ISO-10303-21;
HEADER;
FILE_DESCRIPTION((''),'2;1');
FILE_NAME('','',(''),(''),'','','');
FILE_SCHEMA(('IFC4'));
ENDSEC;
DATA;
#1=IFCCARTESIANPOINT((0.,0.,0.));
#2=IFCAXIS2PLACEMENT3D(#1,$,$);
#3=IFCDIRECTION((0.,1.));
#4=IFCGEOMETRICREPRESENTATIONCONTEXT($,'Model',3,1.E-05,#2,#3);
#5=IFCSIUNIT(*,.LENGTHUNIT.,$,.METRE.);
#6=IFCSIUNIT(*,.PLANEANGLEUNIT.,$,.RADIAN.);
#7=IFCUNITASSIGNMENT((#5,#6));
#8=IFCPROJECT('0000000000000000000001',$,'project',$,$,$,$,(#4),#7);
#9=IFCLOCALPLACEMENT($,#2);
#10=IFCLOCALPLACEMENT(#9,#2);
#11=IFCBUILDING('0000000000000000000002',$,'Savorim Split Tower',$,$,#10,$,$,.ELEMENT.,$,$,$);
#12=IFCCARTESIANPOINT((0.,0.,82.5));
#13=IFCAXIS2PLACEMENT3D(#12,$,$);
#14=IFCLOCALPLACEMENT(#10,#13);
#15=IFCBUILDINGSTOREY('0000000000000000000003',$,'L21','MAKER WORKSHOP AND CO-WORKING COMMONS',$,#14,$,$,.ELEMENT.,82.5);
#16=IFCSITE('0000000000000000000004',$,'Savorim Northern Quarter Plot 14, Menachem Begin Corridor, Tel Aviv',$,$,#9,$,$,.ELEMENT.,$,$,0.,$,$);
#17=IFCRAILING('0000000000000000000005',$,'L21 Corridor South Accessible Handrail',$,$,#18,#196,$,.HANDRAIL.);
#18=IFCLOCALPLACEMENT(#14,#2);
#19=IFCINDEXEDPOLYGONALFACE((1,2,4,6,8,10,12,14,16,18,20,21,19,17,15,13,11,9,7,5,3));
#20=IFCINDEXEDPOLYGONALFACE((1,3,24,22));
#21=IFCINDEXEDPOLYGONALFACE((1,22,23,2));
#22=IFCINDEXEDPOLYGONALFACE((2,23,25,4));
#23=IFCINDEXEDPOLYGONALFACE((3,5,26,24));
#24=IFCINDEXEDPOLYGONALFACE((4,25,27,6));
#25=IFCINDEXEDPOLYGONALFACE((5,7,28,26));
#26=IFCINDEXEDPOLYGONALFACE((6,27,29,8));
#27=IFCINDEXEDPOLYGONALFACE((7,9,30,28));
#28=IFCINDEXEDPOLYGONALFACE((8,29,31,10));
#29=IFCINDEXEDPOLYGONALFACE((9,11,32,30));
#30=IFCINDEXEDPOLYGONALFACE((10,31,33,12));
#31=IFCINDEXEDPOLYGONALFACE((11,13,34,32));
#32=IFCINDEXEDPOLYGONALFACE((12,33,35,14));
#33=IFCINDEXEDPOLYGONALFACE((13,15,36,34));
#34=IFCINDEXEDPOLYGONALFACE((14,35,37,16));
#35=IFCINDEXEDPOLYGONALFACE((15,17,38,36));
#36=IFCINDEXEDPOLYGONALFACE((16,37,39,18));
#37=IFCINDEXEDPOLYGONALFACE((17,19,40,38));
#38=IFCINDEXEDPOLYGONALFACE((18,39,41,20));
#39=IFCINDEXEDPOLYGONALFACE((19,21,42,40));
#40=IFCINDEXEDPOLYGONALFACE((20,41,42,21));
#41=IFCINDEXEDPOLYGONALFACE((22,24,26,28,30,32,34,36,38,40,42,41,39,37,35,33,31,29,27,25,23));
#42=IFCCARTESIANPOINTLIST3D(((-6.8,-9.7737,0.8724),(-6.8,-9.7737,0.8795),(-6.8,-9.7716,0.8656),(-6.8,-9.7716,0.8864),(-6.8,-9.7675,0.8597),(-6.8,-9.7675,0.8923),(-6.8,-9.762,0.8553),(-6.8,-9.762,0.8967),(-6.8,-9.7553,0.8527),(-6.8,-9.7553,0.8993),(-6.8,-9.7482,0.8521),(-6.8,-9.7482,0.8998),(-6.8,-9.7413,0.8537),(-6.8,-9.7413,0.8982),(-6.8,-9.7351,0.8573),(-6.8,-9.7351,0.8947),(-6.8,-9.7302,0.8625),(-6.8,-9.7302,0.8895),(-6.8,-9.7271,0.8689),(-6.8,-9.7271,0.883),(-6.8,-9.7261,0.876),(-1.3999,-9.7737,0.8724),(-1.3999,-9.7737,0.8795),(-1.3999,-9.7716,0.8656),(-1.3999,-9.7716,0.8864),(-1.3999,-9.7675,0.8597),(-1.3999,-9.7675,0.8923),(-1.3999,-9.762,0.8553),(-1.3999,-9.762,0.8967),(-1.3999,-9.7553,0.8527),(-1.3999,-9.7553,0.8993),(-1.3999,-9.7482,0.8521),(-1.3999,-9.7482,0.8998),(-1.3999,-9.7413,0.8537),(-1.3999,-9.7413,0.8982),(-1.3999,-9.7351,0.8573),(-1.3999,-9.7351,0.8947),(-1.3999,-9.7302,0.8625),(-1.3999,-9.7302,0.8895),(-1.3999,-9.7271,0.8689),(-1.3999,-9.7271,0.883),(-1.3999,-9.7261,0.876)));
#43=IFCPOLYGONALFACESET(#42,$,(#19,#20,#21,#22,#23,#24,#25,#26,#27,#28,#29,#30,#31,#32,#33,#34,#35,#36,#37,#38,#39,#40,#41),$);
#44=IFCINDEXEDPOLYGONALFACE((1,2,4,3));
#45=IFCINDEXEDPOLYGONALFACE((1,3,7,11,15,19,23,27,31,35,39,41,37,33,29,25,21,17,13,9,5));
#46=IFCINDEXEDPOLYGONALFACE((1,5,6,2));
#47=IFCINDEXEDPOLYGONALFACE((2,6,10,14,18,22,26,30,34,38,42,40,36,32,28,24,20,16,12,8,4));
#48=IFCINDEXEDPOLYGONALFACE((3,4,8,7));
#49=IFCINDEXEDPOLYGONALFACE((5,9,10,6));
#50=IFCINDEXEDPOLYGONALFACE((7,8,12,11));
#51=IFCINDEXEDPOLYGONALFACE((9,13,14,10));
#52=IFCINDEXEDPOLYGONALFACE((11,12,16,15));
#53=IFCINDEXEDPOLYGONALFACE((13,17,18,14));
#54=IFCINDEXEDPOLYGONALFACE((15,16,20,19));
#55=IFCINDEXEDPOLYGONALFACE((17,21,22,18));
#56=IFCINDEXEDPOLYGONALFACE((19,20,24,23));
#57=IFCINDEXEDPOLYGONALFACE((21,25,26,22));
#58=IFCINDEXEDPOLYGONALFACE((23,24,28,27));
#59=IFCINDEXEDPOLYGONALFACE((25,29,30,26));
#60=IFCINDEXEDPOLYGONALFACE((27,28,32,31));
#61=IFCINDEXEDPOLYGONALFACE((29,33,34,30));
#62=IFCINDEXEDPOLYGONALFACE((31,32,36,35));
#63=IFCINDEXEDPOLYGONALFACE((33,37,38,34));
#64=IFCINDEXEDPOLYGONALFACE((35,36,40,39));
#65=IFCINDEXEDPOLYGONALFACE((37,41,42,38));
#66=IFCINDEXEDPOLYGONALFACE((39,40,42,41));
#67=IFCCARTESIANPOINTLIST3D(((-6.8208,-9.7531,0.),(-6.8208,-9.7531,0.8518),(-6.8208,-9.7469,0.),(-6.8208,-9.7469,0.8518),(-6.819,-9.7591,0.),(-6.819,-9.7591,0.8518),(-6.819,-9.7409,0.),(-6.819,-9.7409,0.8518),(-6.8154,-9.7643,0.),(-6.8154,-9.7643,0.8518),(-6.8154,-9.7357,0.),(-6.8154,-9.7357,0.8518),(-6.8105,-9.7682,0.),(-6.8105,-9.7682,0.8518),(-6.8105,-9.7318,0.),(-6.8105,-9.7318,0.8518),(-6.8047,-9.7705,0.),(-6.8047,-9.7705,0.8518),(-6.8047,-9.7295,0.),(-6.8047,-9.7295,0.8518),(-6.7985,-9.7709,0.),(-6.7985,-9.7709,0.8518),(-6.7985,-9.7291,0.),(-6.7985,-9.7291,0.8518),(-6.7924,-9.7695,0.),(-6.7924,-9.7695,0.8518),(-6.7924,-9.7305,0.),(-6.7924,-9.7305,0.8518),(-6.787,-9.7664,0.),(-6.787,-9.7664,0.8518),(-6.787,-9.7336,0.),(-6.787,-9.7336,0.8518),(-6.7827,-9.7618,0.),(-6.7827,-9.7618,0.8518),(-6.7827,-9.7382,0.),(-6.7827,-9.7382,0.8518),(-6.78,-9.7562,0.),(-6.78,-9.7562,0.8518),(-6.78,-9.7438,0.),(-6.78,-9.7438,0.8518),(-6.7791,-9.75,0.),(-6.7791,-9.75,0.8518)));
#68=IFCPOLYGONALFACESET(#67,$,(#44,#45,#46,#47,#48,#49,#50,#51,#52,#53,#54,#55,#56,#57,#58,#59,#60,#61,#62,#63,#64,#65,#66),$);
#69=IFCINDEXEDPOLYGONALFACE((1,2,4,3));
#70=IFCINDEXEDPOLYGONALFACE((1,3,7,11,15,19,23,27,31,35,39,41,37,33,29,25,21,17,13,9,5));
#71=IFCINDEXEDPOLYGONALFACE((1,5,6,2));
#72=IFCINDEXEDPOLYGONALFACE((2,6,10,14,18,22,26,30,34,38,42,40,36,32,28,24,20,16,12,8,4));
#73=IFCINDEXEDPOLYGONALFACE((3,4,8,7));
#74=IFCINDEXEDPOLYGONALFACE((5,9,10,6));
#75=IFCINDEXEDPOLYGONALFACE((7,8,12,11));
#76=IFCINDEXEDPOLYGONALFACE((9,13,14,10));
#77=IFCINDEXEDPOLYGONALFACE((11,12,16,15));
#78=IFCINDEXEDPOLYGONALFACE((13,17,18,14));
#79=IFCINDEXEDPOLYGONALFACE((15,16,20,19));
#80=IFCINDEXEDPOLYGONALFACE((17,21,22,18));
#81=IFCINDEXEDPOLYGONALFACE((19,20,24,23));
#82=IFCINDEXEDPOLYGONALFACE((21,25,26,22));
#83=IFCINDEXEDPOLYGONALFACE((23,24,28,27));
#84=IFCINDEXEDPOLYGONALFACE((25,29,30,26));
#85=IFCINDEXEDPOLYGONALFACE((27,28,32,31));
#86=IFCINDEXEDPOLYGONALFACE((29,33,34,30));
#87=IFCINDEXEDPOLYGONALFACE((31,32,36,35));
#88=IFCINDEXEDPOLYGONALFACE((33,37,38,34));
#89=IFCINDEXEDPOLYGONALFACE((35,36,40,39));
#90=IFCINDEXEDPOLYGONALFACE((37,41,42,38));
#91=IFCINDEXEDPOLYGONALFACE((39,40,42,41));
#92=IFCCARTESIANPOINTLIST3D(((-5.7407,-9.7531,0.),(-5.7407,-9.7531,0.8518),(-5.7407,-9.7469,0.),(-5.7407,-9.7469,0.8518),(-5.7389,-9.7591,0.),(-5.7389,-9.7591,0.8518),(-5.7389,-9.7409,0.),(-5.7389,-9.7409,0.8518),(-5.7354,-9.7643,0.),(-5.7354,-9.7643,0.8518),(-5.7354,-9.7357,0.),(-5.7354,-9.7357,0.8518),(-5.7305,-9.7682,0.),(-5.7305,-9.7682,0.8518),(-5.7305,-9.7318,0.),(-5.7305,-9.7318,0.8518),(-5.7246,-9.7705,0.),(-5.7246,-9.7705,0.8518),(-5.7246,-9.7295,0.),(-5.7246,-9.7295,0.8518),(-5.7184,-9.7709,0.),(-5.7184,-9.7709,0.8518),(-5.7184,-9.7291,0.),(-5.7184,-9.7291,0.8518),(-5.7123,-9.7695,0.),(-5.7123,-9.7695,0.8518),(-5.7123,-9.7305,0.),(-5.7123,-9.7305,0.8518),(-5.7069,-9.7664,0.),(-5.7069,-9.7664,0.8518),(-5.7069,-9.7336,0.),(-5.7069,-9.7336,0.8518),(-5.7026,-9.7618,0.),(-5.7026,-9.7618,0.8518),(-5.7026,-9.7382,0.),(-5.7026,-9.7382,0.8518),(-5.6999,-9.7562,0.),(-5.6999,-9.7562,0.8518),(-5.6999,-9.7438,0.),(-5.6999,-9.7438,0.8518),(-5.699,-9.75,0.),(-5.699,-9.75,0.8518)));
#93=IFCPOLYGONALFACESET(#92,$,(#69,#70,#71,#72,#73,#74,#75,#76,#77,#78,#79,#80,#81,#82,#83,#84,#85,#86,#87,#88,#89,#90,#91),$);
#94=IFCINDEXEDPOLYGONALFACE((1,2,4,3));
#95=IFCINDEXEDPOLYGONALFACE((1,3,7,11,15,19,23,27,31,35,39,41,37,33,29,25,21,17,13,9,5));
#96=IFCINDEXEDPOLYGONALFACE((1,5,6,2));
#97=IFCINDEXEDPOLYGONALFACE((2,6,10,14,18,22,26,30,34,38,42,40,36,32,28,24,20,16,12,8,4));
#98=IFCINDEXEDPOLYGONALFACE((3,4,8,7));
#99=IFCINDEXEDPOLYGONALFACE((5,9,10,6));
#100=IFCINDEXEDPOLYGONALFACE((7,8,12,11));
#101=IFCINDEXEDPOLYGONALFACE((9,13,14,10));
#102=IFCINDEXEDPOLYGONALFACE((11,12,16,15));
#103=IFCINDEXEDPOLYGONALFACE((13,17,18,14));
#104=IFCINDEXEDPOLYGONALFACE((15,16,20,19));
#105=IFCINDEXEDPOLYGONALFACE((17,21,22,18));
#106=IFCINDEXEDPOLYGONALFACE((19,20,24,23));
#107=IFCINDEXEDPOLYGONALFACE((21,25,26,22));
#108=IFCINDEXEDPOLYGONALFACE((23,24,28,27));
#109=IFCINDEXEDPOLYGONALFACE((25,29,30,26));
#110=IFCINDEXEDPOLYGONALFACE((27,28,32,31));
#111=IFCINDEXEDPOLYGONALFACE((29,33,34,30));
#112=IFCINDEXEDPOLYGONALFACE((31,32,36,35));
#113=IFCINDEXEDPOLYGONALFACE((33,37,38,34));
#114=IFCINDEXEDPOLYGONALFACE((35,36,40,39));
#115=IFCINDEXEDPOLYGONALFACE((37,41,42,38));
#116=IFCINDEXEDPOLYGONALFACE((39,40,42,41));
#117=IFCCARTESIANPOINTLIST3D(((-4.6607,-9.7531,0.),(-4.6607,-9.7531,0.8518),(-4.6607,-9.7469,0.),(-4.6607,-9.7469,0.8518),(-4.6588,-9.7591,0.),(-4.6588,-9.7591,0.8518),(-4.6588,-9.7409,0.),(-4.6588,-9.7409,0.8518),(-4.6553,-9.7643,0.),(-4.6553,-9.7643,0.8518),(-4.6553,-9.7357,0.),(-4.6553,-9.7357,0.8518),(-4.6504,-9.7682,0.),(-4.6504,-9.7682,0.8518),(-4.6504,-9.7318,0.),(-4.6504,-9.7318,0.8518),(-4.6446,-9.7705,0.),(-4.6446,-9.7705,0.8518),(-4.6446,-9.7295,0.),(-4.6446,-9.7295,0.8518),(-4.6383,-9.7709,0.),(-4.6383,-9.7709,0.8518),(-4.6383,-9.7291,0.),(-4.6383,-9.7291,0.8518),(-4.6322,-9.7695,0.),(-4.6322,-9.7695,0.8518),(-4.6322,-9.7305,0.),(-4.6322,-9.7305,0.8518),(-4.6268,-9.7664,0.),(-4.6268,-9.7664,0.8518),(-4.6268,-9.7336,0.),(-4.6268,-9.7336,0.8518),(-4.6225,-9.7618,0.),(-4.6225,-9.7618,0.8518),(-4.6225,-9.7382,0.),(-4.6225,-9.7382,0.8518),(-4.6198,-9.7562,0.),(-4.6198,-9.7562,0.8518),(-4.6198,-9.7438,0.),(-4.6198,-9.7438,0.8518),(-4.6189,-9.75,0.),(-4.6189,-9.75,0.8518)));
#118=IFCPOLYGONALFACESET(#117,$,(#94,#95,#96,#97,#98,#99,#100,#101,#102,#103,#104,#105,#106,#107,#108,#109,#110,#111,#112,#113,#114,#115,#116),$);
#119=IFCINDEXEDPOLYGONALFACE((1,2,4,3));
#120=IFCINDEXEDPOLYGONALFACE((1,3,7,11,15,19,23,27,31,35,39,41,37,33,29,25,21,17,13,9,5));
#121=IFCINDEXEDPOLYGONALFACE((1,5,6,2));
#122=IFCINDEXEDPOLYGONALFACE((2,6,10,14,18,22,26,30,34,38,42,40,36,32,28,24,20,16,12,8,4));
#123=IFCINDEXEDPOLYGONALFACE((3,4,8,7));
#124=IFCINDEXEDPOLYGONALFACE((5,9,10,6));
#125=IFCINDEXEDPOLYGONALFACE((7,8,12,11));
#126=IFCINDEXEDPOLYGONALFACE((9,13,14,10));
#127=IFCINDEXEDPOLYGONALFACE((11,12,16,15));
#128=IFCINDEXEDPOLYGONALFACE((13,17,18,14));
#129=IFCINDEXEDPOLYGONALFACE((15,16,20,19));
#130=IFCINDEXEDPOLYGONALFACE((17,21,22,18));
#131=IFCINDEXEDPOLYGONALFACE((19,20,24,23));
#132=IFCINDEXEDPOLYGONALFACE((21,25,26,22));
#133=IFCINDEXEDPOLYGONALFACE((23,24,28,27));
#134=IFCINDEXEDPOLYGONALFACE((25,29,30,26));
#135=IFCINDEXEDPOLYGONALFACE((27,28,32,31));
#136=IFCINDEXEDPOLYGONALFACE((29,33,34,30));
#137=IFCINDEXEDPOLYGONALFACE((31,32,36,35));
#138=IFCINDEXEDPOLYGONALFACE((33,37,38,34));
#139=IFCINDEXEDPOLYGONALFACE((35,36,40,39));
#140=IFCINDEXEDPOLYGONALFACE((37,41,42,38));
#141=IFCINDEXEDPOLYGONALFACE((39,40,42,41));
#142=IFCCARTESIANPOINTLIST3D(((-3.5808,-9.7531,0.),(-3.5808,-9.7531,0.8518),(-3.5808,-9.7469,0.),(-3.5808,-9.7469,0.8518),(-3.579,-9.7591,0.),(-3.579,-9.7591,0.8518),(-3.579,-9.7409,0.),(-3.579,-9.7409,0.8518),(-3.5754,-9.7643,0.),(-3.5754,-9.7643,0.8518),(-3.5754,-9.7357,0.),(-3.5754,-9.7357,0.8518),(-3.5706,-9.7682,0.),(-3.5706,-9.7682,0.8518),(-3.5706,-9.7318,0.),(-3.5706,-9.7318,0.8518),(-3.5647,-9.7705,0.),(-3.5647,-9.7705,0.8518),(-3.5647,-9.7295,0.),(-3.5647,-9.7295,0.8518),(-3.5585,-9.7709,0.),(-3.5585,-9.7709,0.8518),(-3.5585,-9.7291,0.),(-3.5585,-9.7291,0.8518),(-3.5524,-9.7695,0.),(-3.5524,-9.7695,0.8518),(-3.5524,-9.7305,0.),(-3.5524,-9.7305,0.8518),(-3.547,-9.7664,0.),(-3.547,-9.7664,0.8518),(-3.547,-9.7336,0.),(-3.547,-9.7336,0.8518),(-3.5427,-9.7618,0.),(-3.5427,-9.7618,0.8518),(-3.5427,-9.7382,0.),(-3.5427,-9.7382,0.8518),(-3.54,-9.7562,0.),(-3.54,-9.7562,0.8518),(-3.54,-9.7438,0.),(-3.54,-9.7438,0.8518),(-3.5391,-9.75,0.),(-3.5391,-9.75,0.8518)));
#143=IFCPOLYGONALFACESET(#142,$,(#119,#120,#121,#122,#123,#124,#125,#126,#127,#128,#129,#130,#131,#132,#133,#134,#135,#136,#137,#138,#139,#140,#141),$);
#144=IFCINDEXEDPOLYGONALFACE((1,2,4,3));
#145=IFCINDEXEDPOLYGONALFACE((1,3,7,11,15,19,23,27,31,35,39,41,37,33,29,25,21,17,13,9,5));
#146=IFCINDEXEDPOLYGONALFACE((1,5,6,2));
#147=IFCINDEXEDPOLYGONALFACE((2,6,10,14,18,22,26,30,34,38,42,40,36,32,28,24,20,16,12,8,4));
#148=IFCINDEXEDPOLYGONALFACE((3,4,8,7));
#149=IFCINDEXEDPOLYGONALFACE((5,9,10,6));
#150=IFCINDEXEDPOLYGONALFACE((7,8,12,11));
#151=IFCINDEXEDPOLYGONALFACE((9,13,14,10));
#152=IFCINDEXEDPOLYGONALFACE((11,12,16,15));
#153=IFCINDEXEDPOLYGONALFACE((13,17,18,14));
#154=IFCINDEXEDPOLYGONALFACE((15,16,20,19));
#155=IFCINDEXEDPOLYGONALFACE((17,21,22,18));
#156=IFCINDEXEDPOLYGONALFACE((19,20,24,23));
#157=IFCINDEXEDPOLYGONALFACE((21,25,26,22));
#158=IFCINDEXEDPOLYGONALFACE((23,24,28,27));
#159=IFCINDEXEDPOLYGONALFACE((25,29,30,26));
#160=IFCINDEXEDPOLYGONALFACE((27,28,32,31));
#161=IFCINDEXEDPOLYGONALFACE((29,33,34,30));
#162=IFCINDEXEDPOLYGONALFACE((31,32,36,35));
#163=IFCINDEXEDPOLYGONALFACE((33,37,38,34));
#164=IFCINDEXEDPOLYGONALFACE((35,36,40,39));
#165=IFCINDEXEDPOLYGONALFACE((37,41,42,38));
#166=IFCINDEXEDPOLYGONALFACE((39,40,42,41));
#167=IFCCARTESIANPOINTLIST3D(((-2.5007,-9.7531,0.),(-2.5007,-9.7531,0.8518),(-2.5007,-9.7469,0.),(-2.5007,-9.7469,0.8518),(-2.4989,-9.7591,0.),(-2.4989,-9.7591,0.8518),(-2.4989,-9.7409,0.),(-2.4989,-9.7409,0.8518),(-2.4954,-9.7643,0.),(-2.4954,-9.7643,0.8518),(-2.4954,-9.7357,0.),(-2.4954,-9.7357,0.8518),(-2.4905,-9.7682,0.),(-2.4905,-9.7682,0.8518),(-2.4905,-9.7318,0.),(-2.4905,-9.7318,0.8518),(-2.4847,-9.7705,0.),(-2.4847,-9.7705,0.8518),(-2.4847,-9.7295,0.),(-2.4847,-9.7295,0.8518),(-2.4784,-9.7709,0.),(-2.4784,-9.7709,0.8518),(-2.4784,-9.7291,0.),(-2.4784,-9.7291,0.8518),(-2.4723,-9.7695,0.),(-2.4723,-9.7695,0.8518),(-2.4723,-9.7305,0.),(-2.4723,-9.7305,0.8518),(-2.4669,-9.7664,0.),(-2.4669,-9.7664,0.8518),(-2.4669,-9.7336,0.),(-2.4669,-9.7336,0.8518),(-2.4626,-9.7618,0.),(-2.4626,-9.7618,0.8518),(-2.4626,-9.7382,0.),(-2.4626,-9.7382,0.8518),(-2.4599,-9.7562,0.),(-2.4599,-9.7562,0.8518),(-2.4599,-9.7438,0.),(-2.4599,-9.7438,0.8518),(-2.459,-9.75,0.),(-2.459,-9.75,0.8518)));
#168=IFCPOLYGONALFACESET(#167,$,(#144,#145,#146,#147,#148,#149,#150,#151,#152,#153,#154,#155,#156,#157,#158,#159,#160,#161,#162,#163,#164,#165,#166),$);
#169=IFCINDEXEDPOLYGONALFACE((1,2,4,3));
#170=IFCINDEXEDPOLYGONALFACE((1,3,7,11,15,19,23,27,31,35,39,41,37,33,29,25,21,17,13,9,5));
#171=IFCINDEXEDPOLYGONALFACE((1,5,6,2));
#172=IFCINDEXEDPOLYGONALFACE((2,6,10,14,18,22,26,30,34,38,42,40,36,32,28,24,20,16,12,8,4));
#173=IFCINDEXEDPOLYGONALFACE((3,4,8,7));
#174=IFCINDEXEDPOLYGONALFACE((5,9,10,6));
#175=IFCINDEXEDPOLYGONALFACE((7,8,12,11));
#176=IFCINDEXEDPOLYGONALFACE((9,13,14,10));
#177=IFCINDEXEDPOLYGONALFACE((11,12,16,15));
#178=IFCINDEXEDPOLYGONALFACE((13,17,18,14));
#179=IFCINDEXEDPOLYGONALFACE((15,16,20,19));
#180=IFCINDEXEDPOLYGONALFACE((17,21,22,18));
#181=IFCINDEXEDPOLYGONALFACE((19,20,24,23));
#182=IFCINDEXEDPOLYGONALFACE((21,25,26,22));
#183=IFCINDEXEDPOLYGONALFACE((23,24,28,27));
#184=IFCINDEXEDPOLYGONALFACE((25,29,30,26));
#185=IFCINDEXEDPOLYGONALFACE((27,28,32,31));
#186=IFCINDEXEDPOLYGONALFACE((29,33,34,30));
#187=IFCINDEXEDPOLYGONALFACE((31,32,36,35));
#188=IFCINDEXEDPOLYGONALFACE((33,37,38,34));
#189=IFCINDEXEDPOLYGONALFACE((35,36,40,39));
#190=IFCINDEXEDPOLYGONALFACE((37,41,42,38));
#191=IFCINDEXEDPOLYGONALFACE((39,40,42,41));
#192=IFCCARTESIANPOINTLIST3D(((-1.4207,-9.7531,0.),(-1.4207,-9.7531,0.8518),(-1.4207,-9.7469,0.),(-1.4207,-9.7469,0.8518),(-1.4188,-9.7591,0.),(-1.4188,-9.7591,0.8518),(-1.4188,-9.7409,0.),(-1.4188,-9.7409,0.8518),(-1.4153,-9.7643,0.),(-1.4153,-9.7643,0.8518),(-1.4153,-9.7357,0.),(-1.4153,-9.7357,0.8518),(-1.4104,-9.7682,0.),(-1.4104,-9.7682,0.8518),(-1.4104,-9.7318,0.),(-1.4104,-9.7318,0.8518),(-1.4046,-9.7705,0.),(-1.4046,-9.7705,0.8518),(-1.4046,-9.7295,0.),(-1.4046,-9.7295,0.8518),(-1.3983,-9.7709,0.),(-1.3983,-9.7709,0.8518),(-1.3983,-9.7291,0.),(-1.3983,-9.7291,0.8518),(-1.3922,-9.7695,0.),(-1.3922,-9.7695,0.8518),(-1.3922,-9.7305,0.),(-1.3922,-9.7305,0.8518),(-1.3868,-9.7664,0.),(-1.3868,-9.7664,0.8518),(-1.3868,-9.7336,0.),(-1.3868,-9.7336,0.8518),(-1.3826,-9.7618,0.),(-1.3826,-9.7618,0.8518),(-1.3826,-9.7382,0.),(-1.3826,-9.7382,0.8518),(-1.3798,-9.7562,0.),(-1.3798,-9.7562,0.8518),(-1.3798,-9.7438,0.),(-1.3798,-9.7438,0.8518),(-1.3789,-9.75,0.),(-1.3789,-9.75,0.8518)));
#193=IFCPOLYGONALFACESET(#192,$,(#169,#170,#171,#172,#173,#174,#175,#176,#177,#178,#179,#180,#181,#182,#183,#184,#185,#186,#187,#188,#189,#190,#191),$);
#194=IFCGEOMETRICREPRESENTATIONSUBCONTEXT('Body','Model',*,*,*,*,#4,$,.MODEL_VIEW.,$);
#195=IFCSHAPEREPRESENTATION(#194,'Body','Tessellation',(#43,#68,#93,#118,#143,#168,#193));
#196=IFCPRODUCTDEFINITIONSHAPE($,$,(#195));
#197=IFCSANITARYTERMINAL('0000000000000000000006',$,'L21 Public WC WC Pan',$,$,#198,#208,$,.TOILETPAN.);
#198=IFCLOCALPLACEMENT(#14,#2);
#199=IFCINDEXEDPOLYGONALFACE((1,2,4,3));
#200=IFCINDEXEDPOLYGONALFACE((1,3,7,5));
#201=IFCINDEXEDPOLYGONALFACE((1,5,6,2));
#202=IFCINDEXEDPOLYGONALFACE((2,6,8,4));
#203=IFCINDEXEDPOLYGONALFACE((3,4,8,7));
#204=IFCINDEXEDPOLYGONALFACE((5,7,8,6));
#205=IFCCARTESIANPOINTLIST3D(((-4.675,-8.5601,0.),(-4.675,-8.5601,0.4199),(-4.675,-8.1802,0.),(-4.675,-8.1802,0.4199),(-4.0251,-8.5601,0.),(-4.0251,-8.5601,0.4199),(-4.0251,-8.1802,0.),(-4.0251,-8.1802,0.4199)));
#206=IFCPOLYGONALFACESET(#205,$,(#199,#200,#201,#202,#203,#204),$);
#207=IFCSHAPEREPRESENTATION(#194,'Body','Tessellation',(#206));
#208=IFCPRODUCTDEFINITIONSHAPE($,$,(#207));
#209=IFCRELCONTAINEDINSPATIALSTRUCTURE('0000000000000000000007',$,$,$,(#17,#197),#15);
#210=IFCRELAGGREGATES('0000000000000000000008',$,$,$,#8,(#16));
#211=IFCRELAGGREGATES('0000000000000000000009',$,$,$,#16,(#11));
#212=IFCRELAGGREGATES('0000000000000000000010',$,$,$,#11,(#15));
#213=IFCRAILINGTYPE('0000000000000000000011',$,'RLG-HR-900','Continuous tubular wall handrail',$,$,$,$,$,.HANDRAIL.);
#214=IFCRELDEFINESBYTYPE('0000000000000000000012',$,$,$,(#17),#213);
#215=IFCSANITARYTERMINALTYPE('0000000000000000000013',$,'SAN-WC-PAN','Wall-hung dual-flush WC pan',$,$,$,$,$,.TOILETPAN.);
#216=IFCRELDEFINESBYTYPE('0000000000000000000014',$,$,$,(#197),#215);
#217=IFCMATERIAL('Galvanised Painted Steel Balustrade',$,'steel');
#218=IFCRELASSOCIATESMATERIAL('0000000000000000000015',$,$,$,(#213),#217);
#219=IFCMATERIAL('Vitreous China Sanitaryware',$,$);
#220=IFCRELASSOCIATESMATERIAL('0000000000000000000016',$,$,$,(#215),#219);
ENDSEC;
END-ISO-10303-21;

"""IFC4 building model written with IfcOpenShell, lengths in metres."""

from ifc_helpers import new_model, si_unit, direction, frame, origin, origin_2d, place, context, subcontext, project, spatial, rectangle, circle, extrude, material, type_object, element, save


model = new_model("IFC4")

# Units and contexts
model_context = context("Model", 3, precision=1e-05, world=origin(), true_north=direction((0.0, 1.0)))
body_context = subcontext(model_context, "Body", "Model", "MODEL_VIEW")
ifc_project = project(units=[si_unit("LENGTHUNIT", "METRE"), si_unit("PLANEANGLEUNIT", "RADIAN")], contexts=[model_context])

# Site, building, storey
site_placement = place(None, origin())
site = spatial("IfcSite", under=ifc_project, at=site_placement, Name="Savorim Northern Quarter Plot 14, Menachem Begin Corridor, Tel Aviv", CompositionType="ELEMENT", RefElevation=0.0)
building_placement = place(site_placement, origin())
building = spatial("IfcBuilding", under=site, at=building_placement, Name="Savorim Split Tower", CompositionType="ELEMENT")
storey_placement = place(building_placement, frame((0.0, 0.0, 82.5)))
storey = spatial("IfcBuildingStorey", under=building, at=storey_placement, Name="L21", Description="MAKER WORKSHOP AND CO-WORKING COMMONS", CompositionType="ELEMENT", Elevation=82.5)

# Railing
ifc_material_1 = material(Name="Galvanised Painted Steel Balustrade", Category="steel")
railing_type = type_object("IfcRailingType", Name="RLG-HR-900", Description="Continuous tubular wall handrail", PredefinedType="HANDRAIL", material=ifc_material_1)
railing_placement = place(storey_placement, frame((-6.8, -9.75, 0.0)))
element("IfcRailing", 1, at=railing_placement, inside=storey, type_object=railing_type, Name="L21 Corridor South Accessible Handrail", PredefinedType="HANDRAIL", context=body_context, shape_type="SweptSolid", body=[
    extrude(circle(Radius=0.0239, at=origin_2d()), frame((0.0, 0.0, 0.876), z_axis=(1.0, 0.0, 0.0), x_axis=(0.0, 1.0, 0.0)), (0.0, 0.0, 1.0), 5.4001),
    extrude(circle(Radius=0.021, at=origin_2d()), origin(), (0.0, 0.0, 1.0), 0.8518),
    extrude(circle(Radius=0.021, at=origin_2d()), frame((1.0801, 0.0, 0.0)), (0.0, 0.0, 1.0), 0.8518),
    extrude(circle(Radius=0.021, at=origin_2d()), frame((2.1602, 0.0, 0.0)), (0.0, 0.0, 1.0), 0.8518),
    extrude(circle(Radius=0.021, at=origin_2d()), frame((3.24, 0.0, 0.0)), (0.0, 0.0, 1.0), 0.8518),
    extrude(circle(Radius=0.021, at=origin_2d()), frame((4.3201, 0.0, 0.0)), (0.0, 0.0, 1.0), 0.8518),
    extrude(circle(Radius=0.021, at=origin_2d()), frame((5.4001, 0.0, 0.0)), (0.0, 0.0, 1.0), 0.8518),
])

# Sanitary terminal
ifc_material_2 = material(Name="Vitreous China Sanitaryware")
sanitary_terminal_type_1 = type_object("IfcSanitaryTerminalType", Name="SAN-WC-PAN", Description="Wall-hung dual-flush WC pan", PredefinedType="TOILETPAN", material=ifc_material_2)
sanitary_terminal_1_placement = place(storey_placement, frame((-4.3501, -8.3701, 0.0), z_axis=(0.0, 0.0, 1.0), x_axis=(1.0, 0.0, 0.0)))
element("IfcSanitaryTerminal", 2, at=sanitary_terminal_1_placement, inside=storey, type_object=sanitary_terminal_type_1, Name="L21 Public WC WC Pan", PredefinedType="TOILETPAN", context=body_context, shape_type="SweptSolid", body=[
    extrude(rectangle(XDim=0.6499, YDim=0.3799, at=origin_2d()), origin(), (0.0, 0.0, 1.0), 0.4199),
])

save(model, "model.ifc")
